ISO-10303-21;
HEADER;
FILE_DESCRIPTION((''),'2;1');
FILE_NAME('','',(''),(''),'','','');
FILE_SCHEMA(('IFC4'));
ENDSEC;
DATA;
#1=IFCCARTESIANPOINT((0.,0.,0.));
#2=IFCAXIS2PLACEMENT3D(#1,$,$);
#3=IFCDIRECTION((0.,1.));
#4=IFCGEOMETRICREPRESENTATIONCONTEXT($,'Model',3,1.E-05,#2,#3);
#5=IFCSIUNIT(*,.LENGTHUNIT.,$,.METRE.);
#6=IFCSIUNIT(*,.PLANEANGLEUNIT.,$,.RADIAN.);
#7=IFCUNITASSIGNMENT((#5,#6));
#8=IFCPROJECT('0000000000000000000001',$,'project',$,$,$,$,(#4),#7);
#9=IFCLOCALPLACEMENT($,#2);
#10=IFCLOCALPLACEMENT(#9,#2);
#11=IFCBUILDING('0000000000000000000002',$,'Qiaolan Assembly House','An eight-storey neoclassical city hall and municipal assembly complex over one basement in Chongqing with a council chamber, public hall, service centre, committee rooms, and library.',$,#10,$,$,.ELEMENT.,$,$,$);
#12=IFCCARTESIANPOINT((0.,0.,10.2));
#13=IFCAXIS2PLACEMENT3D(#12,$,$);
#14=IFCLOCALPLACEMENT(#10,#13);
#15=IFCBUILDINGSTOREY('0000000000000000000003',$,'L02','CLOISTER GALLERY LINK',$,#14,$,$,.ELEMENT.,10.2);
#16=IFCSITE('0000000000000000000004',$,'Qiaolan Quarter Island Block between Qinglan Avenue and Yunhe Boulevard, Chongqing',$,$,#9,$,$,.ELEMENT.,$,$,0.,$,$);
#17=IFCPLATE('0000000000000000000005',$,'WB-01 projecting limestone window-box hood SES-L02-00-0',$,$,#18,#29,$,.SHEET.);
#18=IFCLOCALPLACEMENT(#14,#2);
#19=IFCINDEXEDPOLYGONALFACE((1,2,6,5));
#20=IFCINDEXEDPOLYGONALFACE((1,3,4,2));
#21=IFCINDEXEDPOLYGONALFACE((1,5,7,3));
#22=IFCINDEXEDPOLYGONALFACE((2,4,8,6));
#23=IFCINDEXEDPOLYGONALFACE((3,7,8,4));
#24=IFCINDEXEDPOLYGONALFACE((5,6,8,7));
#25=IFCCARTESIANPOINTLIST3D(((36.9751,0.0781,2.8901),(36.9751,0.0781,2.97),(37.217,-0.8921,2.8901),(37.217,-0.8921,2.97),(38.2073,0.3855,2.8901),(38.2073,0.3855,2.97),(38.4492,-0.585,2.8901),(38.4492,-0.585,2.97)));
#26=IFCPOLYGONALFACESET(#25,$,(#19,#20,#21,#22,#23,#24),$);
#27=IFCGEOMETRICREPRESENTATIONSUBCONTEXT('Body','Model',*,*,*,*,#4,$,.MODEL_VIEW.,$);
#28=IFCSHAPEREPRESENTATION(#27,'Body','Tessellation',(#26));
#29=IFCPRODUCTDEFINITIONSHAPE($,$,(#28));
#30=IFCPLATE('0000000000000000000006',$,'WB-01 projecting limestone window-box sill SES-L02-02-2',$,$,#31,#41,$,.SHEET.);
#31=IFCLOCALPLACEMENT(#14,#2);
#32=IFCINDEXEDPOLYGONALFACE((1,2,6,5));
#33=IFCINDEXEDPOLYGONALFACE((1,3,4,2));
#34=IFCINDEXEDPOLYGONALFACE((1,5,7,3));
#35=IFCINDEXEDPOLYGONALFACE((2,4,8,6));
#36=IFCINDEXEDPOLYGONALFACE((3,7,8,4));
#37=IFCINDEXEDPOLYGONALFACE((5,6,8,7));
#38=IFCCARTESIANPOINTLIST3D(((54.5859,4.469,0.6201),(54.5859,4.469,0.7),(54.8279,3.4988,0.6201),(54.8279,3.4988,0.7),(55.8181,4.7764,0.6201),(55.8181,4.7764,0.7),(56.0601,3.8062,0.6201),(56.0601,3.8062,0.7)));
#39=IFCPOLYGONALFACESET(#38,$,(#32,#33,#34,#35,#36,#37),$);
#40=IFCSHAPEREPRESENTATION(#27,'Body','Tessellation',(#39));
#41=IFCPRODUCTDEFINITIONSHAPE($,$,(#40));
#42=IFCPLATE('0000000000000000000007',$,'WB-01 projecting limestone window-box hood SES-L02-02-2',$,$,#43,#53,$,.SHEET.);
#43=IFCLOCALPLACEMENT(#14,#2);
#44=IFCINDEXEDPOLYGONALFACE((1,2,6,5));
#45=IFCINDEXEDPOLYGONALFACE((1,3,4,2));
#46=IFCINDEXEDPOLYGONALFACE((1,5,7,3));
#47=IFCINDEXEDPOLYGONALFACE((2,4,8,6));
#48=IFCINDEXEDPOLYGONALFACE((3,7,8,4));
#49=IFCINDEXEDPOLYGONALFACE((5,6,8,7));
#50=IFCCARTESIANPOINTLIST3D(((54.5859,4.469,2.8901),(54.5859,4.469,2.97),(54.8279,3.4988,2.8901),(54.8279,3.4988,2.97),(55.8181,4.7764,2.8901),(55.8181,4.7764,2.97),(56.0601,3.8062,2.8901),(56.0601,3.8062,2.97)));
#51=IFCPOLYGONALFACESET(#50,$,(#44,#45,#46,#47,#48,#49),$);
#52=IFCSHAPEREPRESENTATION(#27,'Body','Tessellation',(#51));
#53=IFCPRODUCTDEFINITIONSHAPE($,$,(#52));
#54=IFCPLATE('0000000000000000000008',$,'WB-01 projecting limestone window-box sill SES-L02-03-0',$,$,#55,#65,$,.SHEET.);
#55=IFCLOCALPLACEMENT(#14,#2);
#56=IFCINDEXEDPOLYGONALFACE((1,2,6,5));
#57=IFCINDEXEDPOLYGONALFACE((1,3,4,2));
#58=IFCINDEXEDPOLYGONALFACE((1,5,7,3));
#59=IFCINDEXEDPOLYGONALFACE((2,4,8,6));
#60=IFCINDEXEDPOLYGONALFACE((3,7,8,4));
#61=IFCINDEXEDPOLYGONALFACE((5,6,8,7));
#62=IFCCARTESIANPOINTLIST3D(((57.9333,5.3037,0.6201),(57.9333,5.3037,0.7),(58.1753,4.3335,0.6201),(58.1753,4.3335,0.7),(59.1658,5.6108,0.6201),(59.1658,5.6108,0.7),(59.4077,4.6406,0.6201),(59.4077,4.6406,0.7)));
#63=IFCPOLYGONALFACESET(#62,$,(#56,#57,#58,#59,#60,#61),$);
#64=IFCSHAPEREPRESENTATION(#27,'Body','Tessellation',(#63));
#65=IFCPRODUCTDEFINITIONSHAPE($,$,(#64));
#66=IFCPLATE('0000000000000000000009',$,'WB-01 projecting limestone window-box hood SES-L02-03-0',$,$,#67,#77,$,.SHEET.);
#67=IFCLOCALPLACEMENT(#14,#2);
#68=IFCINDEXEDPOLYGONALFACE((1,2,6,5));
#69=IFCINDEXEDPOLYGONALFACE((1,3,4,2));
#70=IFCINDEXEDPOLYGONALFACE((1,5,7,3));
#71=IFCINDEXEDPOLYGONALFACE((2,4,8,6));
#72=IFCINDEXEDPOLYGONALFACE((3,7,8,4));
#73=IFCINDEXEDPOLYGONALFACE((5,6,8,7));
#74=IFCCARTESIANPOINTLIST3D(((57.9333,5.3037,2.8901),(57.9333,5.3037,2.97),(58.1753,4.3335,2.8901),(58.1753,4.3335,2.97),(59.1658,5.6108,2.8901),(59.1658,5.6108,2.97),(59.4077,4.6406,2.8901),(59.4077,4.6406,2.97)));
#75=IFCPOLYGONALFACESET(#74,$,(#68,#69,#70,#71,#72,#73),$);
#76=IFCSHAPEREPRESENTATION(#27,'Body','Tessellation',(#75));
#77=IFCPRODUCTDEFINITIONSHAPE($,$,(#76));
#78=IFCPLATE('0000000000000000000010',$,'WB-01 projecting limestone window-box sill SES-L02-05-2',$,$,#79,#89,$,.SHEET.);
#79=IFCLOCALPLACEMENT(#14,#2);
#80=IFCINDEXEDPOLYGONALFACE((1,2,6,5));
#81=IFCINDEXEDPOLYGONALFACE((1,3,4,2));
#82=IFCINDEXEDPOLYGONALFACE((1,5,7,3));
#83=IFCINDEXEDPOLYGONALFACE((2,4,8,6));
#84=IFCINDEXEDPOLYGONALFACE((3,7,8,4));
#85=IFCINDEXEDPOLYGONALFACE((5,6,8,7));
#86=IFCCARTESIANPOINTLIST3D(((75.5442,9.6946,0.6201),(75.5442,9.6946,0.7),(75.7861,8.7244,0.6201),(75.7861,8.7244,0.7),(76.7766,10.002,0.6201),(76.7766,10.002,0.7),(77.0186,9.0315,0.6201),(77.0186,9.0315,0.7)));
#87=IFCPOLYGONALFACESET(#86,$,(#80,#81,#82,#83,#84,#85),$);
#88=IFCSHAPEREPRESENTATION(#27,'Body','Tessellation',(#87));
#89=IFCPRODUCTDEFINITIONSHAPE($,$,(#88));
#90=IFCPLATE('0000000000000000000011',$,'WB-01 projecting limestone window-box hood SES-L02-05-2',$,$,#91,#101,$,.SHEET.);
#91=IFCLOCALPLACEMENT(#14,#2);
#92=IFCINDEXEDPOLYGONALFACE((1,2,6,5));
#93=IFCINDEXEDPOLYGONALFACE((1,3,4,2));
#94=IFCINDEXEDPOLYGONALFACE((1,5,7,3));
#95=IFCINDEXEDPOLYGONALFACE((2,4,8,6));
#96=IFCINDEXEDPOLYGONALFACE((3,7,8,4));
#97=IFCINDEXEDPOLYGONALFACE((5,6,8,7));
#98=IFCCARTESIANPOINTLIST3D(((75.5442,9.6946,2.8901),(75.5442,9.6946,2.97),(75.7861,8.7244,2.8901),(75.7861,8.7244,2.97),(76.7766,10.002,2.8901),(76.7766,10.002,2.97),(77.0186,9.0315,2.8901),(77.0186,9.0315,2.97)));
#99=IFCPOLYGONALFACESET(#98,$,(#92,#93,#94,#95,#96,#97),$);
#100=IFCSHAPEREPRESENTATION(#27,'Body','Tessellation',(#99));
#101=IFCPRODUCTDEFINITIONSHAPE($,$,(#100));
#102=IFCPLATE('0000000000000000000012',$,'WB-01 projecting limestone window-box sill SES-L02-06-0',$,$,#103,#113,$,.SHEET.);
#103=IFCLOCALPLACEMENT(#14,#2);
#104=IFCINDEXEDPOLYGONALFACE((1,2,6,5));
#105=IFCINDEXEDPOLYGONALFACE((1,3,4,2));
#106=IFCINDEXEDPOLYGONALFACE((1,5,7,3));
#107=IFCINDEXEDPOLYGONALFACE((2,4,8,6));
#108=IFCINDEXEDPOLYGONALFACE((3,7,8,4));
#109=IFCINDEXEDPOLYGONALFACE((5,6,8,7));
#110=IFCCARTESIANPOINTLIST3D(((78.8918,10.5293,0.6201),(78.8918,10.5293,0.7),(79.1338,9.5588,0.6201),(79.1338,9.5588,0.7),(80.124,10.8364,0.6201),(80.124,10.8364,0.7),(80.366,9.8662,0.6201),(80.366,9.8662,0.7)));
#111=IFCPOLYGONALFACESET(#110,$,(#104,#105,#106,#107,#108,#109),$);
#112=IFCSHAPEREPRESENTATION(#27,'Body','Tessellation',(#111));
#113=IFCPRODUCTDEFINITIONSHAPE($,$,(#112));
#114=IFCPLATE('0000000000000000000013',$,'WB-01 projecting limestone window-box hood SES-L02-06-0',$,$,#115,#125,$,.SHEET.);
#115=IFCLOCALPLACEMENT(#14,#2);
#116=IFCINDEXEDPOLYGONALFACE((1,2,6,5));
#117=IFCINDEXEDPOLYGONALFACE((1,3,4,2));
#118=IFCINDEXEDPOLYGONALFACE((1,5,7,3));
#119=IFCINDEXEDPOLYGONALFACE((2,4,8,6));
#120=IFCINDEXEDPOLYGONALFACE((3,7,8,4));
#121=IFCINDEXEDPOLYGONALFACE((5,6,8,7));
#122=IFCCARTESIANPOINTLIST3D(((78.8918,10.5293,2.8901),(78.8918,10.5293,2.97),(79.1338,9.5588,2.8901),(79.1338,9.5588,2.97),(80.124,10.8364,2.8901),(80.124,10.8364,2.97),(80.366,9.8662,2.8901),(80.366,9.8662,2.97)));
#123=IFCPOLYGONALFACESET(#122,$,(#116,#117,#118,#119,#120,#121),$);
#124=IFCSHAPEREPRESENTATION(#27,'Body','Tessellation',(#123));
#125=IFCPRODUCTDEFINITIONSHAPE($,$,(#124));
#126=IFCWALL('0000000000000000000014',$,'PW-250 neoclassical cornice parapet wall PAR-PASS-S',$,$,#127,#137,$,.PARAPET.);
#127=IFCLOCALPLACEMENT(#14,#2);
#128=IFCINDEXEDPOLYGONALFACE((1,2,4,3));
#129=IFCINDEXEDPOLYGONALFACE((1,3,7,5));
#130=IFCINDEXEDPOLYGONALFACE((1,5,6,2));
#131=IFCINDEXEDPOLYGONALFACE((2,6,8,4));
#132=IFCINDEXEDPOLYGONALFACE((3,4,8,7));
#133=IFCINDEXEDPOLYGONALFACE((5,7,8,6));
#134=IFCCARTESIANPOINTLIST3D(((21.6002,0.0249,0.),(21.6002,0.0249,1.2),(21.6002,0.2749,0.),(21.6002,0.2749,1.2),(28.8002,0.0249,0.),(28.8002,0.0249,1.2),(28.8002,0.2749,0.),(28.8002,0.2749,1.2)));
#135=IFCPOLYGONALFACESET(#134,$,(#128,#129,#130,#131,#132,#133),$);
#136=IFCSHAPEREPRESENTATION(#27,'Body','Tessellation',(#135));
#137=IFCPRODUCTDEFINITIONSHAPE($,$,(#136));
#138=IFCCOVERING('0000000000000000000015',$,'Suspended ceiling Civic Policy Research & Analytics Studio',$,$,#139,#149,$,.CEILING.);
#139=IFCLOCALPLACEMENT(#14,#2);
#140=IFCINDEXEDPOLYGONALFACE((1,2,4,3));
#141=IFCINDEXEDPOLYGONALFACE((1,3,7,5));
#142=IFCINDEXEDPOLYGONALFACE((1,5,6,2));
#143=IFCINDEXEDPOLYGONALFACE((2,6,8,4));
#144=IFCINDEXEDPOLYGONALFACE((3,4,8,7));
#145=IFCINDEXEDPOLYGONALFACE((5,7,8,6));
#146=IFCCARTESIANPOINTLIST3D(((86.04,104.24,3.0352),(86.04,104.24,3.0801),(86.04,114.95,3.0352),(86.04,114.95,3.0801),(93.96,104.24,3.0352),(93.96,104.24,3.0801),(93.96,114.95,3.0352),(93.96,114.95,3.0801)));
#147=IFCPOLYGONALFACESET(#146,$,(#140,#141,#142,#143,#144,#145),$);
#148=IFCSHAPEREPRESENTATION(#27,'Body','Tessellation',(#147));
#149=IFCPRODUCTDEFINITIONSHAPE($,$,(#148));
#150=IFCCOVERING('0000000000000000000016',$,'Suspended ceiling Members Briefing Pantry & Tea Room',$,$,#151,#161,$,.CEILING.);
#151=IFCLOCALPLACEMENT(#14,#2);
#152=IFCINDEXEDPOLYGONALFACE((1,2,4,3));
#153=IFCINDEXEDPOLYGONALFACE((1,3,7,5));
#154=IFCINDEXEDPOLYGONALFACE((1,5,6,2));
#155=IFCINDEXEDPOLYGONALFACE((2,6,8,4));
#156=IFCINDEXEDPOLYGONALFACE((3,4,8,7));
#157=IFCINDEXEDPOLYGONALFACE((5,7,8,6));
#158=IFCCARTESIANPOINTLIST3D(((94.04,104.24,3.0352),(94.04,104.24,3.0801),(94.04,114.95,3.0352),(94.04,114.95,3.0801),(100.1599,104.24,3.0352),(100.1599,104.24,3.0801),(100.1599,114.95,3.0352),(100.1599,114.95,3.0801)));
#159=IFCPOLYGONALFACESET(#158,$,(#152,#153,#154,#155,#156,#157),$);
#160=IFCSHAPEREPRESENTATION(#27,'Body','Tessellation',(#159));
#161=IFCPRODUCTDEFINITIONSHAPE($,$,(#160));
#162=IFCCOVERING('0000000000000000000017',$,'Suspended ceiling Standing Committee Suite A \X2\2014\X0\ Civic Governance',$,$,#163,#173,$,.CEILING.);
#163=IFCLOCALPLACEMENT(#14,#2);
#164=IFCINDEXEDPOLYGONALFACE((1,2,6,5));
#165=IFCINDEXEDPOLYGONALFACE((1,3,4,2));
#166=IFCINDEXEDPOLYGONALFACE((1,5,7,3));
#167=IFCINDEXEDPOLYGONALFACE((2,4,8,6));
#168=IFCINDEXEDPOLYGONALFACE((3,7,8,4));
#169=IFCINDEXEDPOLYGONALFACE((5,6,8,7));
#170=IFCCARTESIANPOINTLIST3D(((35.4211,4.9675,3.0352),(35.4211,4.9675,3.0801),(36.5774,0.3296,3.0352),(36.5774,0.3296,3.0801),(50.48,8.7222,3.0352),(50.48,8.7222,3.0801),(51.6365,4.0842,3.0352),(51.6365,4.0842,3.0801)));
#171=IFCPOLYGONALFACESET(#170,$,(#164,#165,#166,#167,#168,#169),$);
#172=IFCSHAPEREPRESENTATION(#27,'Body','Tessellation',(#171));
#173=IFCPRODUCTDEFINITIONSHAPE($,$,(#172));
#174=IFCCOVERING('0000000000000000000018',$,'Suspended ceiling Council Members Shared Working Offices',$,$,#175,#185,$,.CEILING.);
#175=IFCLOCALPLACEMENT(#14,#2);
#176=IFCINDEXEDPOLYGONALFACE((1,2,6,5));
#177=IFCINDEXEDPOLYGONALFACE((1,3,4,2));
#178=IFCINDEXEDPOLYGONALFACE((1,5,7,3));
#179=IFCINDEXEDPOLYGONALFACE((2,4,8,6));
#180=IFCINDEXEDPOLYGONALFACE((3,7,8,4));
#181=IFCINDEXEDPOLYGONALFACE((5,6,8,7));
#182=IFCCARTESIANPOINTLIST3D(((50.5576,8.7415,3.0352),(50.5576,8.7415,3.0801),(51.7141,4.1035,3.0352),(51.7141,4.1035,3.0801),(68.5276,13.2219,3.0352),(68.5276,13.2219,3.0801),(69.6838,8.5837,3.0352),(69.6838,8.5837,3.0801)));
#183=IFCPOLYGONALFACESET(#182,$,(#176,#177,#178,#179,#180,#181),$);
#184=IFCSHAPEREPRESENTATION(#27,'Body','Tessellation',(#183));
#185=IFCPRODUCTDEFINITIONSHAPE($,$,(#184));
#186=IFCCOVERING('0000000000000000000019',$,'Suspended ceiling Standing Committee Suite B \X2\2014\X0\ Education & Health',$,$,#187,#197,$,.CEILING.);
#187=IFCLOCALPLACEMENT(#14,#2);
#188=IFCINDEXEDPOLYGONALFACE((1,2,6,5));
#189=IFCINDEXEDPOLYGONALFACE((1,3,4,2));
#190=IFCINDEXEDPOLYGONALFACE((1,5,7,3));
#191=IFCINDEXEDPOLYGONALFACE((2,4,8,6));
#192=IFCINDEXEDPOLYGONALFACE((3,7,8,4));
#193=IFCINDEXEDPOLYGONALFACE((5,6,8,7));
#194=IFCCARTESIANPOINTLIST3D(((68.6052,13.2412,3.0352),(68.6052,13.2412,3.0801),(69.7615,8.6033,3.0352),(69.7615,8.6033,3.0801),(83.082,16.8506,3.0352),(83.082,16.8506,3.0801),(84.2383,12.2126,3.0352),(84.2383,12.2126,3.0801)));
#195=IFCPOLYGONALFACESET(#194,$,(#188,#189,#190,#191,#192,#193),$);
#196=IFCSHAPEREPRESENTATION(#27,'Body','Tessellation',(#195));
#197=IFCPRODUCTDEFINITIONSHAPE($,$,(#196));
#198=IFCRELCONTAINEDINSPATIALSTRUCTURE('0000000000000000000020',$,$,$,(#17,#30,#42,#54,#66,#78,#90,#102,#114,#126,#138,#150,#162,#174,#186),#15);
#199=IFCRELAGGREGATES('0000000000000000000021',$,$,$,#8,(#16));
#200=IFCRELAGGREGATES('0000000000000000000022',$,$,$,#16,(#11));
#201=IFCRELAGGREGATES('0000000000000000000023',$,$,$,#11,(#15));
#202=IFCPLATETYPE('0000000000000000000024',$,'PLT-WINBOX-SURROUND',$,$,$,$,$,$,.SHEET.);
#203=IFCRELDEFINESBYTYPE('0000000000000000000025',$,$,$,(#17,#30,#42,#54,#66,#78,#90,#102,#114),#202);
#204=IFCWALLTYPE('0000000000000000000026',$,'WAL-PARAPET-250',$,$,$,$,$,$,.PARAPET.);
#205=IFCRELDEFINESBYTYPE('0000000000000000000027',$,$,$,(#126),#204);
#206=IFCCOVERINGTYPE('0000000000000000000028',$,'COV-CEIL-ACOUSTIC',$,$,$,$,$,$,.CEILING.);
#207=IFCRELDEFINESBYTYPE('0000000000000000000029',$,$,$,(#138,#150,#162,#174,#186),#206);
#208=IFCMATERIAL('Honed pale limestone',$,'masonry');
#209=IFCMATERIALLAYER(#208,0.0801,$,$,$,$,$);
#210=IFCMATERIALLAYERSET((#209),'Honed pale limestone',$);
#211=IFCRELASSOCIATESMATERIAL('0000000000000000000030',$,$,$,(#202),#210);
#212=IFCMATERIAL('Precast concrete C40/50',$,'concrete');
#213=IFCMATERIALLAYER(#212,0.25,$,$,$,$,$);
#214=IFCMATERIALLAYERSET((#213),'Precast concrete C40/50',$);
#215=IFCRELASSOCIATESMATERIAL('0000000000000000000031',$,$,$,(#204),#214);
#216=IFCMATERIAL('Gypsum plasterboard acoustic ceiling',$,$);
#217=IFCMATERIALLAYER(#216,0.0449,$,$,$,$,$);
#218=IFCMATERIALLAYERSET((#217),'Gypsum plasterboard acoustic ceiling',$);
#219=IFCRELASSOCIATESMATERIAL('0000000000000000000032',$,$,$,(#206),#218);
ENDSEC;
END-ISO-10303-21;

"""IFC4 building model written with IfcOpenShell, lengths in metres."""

from ifc_helpers import new_model, si_unit, direction, frame, frame_2d, origin, place, context, subcontext, project, spatial, polyline, rectangle, outline, extrude, material, layer, layer_set, type_object, element, save


model = new_model("IFC4")

# Units and contexts
model_context = context("Model", 3, precision=1e-05, world=origin(), true_north=direction((0.0, 1.0)))
body_context = subcontext(model_context, "Body", "Model", "MODEL_VIEW")
ifc_project = project(units=[si_unit("LENGTHUNIT", "METRE"), si_unit("PLANEANGLEUNIT", "RADIAN")], contexts=[model_context])

# Site, building, storey
site_placement = place(None, origin())
site = spatial("IfcSite", under=ifc_project, at=site_placement, Name="Qiaolan Quarter Island Block between Qinglan Avenue and Yunhe Boulevard, Chongqing", CompositionType="ELEMENT", RefElevation=0.0)
building_placement = place(site_placement, origin())
building = spatial("IfcBuilding", under=site, at=building_placement, Name="Qiaolan Assembly House", Description="An eight-storey neoclassical city hall and municipal assembly complex over one basement in Chongqing with a council chamber, public hall, service centre, committee rooms, and library.", CompositionType="ELEMENT")
storey_placement = place(building_placement, frame((0.0, 0.0, 10.2)))
storey = spatial("IfcBuildingStorey", under=building, at=storey_placement, Name="L02", Description="CLOISTER GALLERY LINK", CompositionType="ELEMENT", Elevation=10.2)

# Plates
ifc_material_1 = material(Name="Honed pale limestone", Category="masonry")
ifc_layer_1 = layer(ifc_material_1, 0.0801)
ifc_layer_set_1 = layer_set([ifc_layer_1], Name="Honed pale limestone")
plate_type = type_object("IfcPlateType", Name="PLT-WINBOX-SURROUND", PredefinedType="SHEET", material=ifc_layer_set_1)
plate_placement = place(storey_placement, frame((0.0, 0.0, 2.8901)))
element("IfcPlate", 1, at=plate_placement, inside=storey, type_object=plate_type, Name="WB-01 projecting limestone window-box hood SES-L02-00-0", PredefinedType="SHEET", context=body_context, shape_type="SweptSolid", body=[
    extrude(outline(polyline([(37.217, -0.8921), (38.4492, -0.585), (38.2073, 0.3855), (36.9751, 0.0781), (37.217, -0.8921)])), origin(), (0.0, 0.0, 1.0), 0.0798),
])
for number, where, name in (
    (2, (0.0, 0.0, 0.6201), "WB-01 projecting limestone window-box sill SES-L02-02-2"),
    (3, (0.0, 0.0, 2.8901), "WB-01 projecting limestone window-box hood SES-L02-02-2"),
):
    element("IfcPlate", number, at=place(storey_placement, frame(where)), inside=storey, type_object=plate_type, Name=name, PredefinedType="SHEET", context=body_context, shape_type="SweptSolid", body=[
        extrude(outline(polyline([(54.8279, 3.4988), (56.0601, 3.8062), (55.8181, 4.7764), (54.5859, 4.469), (54.8279, 3.4988)])), origin(), (0.0, 0.0, 1.0), 0.0798),
    ])
for number, where, name in (
    (4, (0.0, 0.0, 0.6201), "WB-01 projecting limestone window-box sill SES-L02-03-0"),
    (5, (0.0, 0.0, 2.8901), "WB-01 projecting limestone window-box hood SES-L02-03-0"),
):
    element("IfcPlate", number, at=place(storey_placement, frame(where)), inside=storey, type_object=plate_type, Name=name, PredefinedType="SHEET", context=body_context, shape_type="SweptSolid", body=[
        extrude(outline(polyline([(58.1753, 4.3335), (59.4077, 4.6406), (59.1658, 5.6108), (57.9333, 5.3037), (58.1753, 4.3335)])), origin(), (0.0, 0.0, 1.0), 0.0798),
    ])
for number, where, name in (
    (6, (0.0, 0.0, 0.6201), "WB-01 projecting limestone window-box sill SES-L02-05-2"),
    (7, (0.0, 0.0, 2.8901), "WB-01 projecting limestone window-box hood SES-L02-05-2"),
):
    element("IfcPlate", number, at=place(storey_placement, frame(where)), inside=storey, type_object=plate_type, Name=name, PredefinedType="SHEET", context=body_context, shape_type="SweptSolid", body=[
        extrude(outline(polyline([(75.7861, 8.7244), (77.0186, 9.0315), (76.7766, 10.002), (75.5442, 9.6946), (75.7861, 8.7244)])), origin(), (0.0, 0.0, 1.0), 0.0798),
    ])
for number, where, name in (
    (8, (0.0, 0.0, 0.6201), "WB-01 projecting limestone window-box sill SES-L02-06-0"),
    (9, (0.0, 0.0, 2.8901), "WB-01 projecting limestone window-box hood SES-L02-06-0"),
):
    element("IfcPlate", number, at=place(storey_placement, frame(where)), inside=storey, type_object=plate_type, Name=name, PredefinedType="SHEET", context=body_context, shape_type="SweptSolid", body=[
        extrude(outline(polyline([(79.1338, 9.5588), (80.366, 9.8662), (80.124, 10.8364), (78.8918, 10.5293), (79.1338, 9.5588)])), origin(), (0.0, 0.0, 1.0), 0.0798),
    ])

# Wall
ifc_material_2 = material(Name="Precast concrete C40/50", Category="concrete")
ifc_layer_2 = layer(ifc_material_2, 0.25)
ifc_layer_set_2 = layer_set([ifc_layer_2], Name="Precast concrete C40/50")
wall_type = type_object("IfcWallType", Name="WAL-PARAPET-250", PredefinedType="PARAPET", material=ifc_layer_set_2)
wall_placement = place(storey_placement, frame((21.6001, 0.1499, 0.0), z_axis=(0.0, 0.0, 1.0), x_axis=(1.0, 0.0, 0.0)))
element("IfcWall", 10, at=wall_placement, inside=storey, type_object=wall_type, Name="PW-250 neoclassical cornice parapet wall PAR-PASS-S", PredefinedType="PARAPET", context=body_context, shape_type="SweptSolid", body=[
    extrude(rectangle(XDim=7.2, YDim=0.25, at=frame_2d((3.6001, 0.0))), origin(), (0.0, 0.0, 1.0), 1.2),
])

# Coverings
ifc_material_3 = material(Name="Gypsum plasterboard acoustic ceiling")
ifc_layer_3 = layer(ifc_material_3, 0.0449)
ifc_layer_set_3 = layer_set([ifc_layer_3], Name="Gypsum plasterboard acoustic ceiling")
covering_type_1 = type_object("IfcCoveringType", Name="COV-CEIL-ACOUSTIC", PredefinedType="CEILING", material=ifc_layer_set_3)
covering_1_placement = place(storey_placement, frame((0.0, 0.0, 3.0352)))
element("IfcCovering", 11, at=covering_1_placement, inside=storey, type_object=covering_type_1, Name="Suspended ceiling Civic Policy Research & Analytics Studio", PredefinedType="CEILING", context=body_context, shape_type="SweptSolid", body=[
    extrude(outline(polyline([(86.04, 104.24), (93.96, 104.24), (93.96, 114.95), (86.04, 114.95), (86.04, 104.24)])), origin(), (0.0, 0.0, 1.0), 0.0449),
])
covering_2_placement = place(storey_placement, frame((0.0, 0.0, 3.0352)))
element("IfcCovering", 12, at=covering_2_placement, inside=storey, type_object=covering_type_1, Name="Suspended ceiling Members Briefing Pantry & Tea Room", PredefinedType="CEILING", context=body_context, shape_type="SweptSolid", body=[
    extrude(outline(polyline([(94.04, 104.24), (100.1599, 104.24), (100.1599, 114.95), (94.04, 114.95), (94.04, 104.24)])), origin(), (0.0, 0.0, 1.0), 0.0449),
])
covering_3_placement = place(storey_placement, frame((0.0, 0.0, 3.0352)))
element("IfcCovering", 13, at=covering_3_placement, inside=storey, type_object=covering_type_1, Name="Suspended ceiling Standing Committee Suite A — Civic Governance", PredefinedType="CEILING", context=body_context, shape_type="SweptSolid", body=[
    extrude(outline(polyline([(36.5774, 0.3296), (51.6365, 4.0842), (50.48, 8.7222), (35.4211, 4.9675), (36.5774, 0.3296)])), origin(), (0.0, 0.0, 1.0), 0.0449),
])
covering_4_placement = place(storey_placement, frame((0.0, 0.0, 3.0352)))
element("IfcCovering", 14, at=covering_4_placement, inside=storey, type_object=covering_type_1, Name="Suspended ceiling Council Members Shared Working Offices", PredefinedType="CEILING", context=body_context, shape_type="SweptSolid", body=[
    extrude(outline(polyline([(51.7141, 4.1035), (69.6838, 8.5837), (68.5276, 13.2219), (50.5576, 8.7415), (51.7141, 4.1035)])), origin(), (0.0, 0.0, 1.0), 0.0449),
])
covering_5_placement = place(storey_placement, frame((0.0, 0.0, 3.0352)))
element("IfcCovering", 15, at=covering_5_placement, inside=storey, type_object=covering_type_1, Name="Suspended ceiling Standing Committee Suite B — Education & Health", PredefinedType="CEILING", context=body_context, shape_type="SweptSolid", body=[
    extrude(outline(polyline([(69.7615, 8.6033), (84.2383, 12.2126), (83.082, 16.8506), (68.6052, 13.2412), (69.7615, 8.6033)])), origin(), (0.0, 0.0, 1.0), 0.0449),
])

save(model, "model.ifc")
